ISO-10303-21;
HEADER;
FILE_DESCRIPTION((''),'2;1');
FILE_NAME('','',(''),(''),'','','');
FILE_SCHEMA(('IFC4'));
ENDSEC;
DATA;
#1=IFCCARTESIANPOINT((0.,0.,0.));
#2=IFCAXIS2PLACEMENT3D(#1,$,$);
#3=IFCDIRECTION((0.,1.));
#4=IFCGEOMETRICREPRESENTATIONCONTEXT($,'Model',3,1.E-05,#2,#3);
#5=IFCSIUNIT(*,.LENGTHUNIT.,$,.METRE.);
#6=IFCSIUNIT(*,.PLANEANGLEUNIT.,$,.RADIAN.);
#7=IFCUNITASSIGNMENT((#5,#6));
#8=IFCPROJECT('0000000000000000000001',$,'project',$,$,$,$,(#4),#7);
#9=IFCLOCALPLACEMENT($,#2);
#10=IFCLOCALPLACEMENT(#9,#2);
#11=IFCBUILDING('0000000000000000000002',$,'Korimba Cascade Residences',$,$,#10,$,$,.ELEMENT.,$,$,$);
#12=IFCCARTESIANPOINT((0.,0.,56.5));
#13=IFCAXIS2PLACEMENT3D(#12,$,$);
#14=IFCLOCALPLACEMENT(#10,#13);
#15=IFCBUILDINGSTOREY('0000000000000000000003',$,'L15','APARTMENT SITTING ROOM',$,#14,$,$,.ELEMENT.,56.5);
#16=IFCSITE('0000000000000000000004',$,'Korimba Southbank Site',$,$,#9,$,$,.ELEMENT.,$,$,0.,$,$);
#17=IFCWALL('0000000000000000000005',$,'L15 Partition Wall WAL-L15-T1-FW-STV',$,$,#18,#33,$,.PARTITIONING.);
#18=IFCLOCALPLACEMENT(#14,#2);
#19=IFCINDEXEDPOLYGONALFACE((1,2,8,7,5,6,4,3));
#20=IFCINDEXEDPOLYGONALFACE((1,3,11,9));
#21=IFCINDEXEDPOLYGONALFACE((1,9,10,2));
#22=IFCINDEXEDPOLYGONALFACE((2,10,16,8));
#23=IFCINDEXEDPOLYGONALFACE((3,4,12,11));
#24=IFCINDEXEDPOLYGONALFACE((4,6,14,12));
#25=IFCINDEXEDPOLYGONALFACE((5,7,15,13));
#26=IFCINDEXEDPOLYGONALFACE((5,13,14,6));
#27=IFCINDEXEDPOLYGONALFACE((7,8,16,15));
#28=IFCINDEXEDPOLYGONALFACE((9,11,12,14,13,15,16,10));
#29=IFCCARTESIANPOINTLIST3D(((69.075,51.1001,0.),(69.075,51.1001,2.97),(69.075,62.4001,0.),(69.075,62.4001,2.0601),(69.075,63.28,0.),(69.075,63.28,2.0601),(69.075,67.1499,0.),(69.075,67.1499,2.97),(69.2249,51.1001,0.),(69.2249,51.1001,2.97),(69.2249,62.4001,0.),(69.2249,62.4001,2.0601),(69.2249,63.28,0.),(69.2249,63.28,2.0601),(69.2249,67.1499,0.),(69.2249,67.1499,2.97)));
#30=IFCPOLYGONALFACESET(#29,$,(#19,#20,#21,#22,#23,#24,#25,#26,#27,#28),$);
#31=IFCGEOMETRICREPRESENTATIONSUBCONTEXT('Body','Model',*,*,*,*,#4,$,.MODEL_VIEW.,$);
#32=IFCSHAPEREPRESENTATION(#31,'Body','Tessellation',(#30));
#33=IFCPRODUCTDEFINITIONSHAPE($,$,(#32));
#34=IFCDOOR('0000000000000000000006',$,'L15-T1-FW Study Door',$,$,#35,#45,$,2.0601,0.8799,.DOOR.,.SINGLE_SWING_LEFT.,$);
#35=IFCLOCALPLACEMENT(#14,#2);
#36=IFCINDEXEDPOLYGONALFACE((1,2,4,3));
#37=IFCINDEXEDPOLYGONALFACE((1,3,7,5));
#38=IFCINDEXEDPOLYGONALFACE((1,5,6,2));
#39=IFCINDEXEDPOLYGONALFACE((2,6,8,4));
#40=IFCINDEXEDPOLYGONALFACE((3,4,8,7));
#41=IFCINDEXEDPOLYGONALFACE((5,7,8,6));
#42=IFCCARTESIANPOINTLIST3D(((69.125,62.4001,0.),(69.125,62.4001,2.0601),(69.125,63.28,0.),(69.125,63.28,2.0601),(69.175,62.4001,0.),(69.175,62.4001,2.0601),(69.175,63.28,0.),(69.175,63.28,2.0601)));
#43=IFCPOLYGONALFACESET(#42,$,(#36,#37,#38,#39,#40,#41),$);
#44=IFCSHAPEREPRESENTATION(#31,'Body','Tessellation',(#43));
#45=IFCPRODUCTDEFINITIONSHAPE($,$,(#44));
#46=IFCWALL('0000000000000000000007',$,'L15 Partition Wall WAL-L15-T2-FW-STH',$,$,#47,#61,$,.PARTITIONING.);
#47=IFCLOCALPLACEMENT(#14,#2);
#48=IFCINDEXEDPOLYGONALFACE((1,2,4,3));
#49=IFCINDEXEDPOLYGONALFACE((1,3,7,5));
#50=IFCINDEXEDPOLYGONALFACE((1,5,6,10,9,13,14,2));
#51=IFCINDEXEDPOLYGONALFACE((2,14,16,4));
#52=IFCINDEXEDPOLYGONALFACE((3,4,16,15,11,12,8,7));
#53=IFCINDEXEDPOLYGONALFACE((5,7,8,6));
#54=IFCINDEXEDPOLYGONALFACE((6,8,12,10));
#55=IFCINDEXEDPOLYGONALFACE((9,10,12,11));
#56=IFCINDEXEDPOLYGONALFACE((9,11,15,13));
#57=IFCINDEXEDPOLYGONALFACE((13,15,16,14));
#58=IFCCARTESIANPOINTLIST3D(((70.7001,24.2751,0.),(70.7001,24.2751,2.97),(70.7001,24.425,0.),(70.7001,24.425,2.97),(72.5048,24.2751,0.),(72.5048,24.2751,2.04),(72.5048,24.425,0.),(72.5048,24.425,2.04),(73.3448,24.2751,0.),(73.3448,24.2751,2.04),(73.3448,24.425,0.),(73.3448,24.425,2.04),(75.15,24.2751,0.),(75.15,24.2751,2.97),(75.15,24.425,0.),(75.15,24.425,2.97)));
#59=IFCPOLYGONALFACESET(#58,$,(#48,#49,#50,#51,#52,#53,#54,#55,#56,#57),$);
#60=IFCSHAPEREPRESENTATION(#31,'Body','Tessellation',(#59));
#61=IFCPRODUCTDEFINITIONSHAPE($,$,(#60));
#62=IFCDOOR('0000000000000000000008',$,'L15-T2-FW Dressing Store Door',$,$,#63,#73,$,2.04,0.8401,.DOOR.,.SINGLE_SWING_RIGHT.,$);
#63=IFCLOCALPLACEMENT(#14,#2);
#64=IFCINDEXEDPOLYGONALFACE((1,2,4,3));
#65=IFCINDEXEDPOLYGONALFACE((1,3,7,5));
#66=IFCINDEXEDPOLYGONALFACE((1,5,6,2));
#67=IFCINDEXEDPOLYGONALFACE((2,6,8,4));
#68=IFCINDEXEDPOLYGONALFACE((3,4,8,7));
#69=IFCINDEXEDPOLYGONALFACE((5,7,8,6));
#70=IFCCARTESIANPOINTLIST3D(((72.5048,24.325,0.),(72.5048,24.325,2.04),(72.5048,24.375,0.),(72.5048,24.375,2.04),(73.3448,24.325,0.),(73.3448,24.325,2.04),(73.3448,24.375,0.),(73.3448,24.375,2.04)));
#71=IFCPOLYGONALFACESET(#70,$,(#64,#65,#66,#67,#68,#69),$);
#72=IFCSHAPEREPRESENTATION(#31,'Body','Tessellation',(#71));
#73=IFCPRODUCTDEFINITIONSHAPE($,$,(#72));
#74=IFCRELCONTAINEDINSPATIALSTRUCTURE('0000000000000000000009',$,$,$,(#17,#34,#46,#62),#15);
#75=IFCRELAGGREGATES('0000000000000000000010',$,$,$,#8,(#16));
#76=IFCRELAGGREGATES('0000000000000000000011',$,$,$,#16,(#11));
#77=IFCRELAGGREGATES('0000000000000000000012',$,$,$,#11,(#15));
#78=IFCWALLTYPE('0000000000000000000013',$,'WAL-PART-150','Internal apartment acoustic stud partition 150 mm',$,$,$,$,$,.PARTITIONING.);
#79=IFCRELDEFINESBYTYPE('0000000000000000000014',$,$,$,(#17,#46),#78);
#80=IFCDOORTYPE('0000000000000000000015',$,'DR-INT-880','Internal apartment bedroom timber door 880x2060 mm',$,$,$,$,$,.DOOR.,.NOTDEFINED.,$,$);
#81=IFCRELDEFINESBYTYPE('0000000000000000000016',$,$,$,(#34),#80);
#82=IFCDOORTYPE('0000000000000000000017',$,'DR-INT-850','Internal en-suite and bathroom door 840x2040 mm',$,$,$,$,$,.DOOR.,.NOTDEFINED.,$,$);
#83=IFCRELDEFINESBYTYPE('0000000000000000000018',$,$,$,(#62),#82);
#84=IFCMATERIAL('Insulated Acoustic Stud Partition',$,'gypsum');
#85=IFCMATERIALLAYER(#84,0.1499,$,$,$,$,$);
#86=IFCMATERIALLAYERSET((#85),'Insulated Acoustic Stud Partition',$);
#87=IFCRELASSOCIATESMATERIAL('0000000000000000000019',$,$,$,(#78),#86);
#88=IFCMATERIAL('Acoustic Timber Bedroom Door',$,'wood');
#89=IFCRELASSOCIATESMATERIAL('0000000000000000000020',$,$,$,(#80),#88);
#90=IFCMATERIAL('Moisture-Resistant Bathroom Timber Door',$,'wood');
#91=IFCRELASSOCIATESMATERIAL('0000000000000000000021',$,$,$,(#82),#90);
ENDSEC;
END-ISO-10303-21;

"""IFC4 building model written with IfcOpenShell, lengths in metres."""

from ifc_helpers import new_model, si_unit, direction, frame, frame_2d, origin, place, context, subcontext, project, spatial, rectangle, extrude, material, layer, layer_set, type_object, element, fill, save


model = new_model("IFC4")

# Units and contexts
model_context = context("Model", 3, precision=1e-05, world=origin(), true_north=direction((0.0, 1.0)))
body_context = subcontext(model_context, "Body", "Model", "MODEL_VIEW")
ifc_project = project(units=[si_unit("LENGTHUNIT", "METRE"), si_unit("PLANEANGLEUNIT", "RADIAN")], contexts=[model_context])

# Site, building, storey
site_placement = place(None, origin())
site = spatial("IfcSite", under=ifc_project, at=site_placement, Name="Korimba Southbank Site", CompositionType="ELEMENT", RefElevation=0.0)
building_placement = place(site_placement, origin())
building = spatial("IfcBuilding", under=site, at=building_placement, Name="Korimba Cascade Residences", CompositionType="ELEMENT")
storey_placement = place(building_placement, frame((0.0, 0.0, 56.5)))
storey = spatial("IfcBuildingStorey", under=building, at=storey_placement, Name="L15", Description="APARTMENT SITTING ROOM", CompositionType="ELEMENT", Elevation=56.5)

# Walls, openings, doors
ifc_material_1 = material(Name="Insulated Acoustic Stud Partition", Category="gypsum")
ifc_layer_1 = layer(ifc_material_1, 0.1499)
ifc_layer_set_1 = layer_set([ifc_layer_1], Name="Insulated Acoustic Stud Partition")
wall_type_1 = type_object("IfcWallType", Name="WAL-PART-150", Description="Internal apartment acoustic stud partition 150 mm", PredefinedType="PARTITIONING", material=ifc_layer_set_1)
wall_1_placement = place(storey_placement, frame((69.1499, 51.1001, 0.0), z_axis=(0.0, 0.0, 1.0), x_axis=(0.0, 1.0, 0.0)))
wall_1 = element("IfcWall", 1, at=wall_1_placement, inside=storey, type_object=wall_type_1, Name="L15 Partition Wall WAL-L15-T1-FW-STV", PredefinedType="PARTITIONING", context=body_context, shape_type="SweptSolid", body=[
    extrude(rectangle(XDim=16.0498, YDim=0.1499, at=frame_2d((8.0249, 0.0))), origin(), (0.0, 0.0, 1.0), 2.97),
])
opening_1_placement = place(wall_1_placement, frame((11.3, 0.0, 0.0)))
opening_1 = element("IfcOpeningElement", 2, at=opening_1_placement, cuts=wall_1, PredefinedType="OPENING", context=body_context, shape_type="SweptSolid", body=[
    extrude(rectangle(XDim=0.8799, YDim=2.0601, at=frame_2d((0.4399, 1.03))), frame((0.0, 0.085, 0.0), z_axis=(0.0, -1.0, 0.0), x_axis=(1.0, 0.0, 0.0)), (0.0, 0.0, 1.0), 0.1699),
])
ifc_material_2 = material(Name="Acoustic Timber Bedroom Door", Category="wood")
door_type_1 = type_object("IfcDoorType", Name="DR-INT-880", Description="Internal apartment bedroom timber door 880x2060 mm", OperationType="NOTDEFINED", PredefinedType="DOOR", material=ifc_material_2)
door_1_placement = place(opening_1_placement, origin())
door_1 = element("IfcDoor", 3, at=door_1_placement, inside=storey, type_object=door_type_1, Name="L15-T1-FW Study Door", OperationType="SINGLE_SWING_LEFT", OverallHeight=2.0601, OverallWidth=0.8799, PredefinedType="DOOR", context=body_context, shape_type="SweptSolid", body=[
    extrude(rectangle(XDim=0.8799, YDim=2.0601, at=frame_2d((0.4399, 1.03))), frame((0.0, 0.0249, 0.0), z_axis=(0.0, -1.0, 0.0), x_axis=(1.0, 0.0, 0.0)), (0.0, 0.0, 1.0), 0.05),
])
fill(opening_1, door_1)
wall_2_placement = place(storey_placement, frame((70.7, 24.3501, 0.0), z_axis=(0.0, 0.0, 1.0), x_axis=(1.0, 0.0, 0.0)))
wall_2 = element("IfcWall", 4, at=wall_2_placement, inside=storey, type_object=wall_type_1, Name="L15 Partition Wall WAL-L15-T2-FW-STH", PredefinedType="PARTITIONING", context=body_context, shape_type="SweptSolid", body=[
    extrude(rectangle(XDim=4.45, YDim=0.1499, at=frame_2d((2.2251, 0.0))), origin(), (0.0, 0.0, 1.0), 2.97),
])
opening_2_placement = place(wall_2_placement, frame((1.8049, 0.0, 0.0)))
opening_2 = element("IfcOpeningElement", 5, at=opening_2_placement, cuts=wall_2, PredefinedType="OPENING", context=body_context, shape_type="SweptSolid", body=[
    extrude(rectangle(XDim=0.8401, YDim=2.04, at=frame_2d((0.4199, 1.02))), frame((0.0, 0.085, 0.0), z_axis=(0.0, -1.0, 0.0), x_axis=(1.0, 0.0, 0.0)), (0.0, 0.0, 1.0), 0.1699),
])
ifc_material_3 = material(Name="Moisture-Resistant Bathroom Timber Door", Category="wood")
door_type_2 = type_object("IfcDoorType", Name="DR-INT-850", Description="Internal en-suite and bathroom door 840x2040 mm", OperationType="NOTDEFINED", PredefinedType="DOOR", material=ifc_material_3)
door_2_placement = place(opening_2_placement, origin())
door_2 = element("IfcDoor", 6, at=door_2_placement, inside=storey, type_object=door_type_2, Name="L15-T2-FW Dressing Store Door", OperationType="SINGLE_SWING_RIGHT", OverallHeight=2.04, OverallWidth=0.8401, PredefinedType="DOOR", context=body_context, shape_type="SweptSolid", body=[
    extrude(rectangle(XDim=0.8401, YDim=2.04, at=frame_2d((0.4199, 1.02))), frame((0.0, 0.0249, 0.0), z_axis=(0.0, -1.0, 0.0), x_axis=(1.0, 0.0, 0.0)), (0.0, 0.0, 1.0), 0.05),
])
fill(opening_2, door_2)

save(model, "model.ifc")
